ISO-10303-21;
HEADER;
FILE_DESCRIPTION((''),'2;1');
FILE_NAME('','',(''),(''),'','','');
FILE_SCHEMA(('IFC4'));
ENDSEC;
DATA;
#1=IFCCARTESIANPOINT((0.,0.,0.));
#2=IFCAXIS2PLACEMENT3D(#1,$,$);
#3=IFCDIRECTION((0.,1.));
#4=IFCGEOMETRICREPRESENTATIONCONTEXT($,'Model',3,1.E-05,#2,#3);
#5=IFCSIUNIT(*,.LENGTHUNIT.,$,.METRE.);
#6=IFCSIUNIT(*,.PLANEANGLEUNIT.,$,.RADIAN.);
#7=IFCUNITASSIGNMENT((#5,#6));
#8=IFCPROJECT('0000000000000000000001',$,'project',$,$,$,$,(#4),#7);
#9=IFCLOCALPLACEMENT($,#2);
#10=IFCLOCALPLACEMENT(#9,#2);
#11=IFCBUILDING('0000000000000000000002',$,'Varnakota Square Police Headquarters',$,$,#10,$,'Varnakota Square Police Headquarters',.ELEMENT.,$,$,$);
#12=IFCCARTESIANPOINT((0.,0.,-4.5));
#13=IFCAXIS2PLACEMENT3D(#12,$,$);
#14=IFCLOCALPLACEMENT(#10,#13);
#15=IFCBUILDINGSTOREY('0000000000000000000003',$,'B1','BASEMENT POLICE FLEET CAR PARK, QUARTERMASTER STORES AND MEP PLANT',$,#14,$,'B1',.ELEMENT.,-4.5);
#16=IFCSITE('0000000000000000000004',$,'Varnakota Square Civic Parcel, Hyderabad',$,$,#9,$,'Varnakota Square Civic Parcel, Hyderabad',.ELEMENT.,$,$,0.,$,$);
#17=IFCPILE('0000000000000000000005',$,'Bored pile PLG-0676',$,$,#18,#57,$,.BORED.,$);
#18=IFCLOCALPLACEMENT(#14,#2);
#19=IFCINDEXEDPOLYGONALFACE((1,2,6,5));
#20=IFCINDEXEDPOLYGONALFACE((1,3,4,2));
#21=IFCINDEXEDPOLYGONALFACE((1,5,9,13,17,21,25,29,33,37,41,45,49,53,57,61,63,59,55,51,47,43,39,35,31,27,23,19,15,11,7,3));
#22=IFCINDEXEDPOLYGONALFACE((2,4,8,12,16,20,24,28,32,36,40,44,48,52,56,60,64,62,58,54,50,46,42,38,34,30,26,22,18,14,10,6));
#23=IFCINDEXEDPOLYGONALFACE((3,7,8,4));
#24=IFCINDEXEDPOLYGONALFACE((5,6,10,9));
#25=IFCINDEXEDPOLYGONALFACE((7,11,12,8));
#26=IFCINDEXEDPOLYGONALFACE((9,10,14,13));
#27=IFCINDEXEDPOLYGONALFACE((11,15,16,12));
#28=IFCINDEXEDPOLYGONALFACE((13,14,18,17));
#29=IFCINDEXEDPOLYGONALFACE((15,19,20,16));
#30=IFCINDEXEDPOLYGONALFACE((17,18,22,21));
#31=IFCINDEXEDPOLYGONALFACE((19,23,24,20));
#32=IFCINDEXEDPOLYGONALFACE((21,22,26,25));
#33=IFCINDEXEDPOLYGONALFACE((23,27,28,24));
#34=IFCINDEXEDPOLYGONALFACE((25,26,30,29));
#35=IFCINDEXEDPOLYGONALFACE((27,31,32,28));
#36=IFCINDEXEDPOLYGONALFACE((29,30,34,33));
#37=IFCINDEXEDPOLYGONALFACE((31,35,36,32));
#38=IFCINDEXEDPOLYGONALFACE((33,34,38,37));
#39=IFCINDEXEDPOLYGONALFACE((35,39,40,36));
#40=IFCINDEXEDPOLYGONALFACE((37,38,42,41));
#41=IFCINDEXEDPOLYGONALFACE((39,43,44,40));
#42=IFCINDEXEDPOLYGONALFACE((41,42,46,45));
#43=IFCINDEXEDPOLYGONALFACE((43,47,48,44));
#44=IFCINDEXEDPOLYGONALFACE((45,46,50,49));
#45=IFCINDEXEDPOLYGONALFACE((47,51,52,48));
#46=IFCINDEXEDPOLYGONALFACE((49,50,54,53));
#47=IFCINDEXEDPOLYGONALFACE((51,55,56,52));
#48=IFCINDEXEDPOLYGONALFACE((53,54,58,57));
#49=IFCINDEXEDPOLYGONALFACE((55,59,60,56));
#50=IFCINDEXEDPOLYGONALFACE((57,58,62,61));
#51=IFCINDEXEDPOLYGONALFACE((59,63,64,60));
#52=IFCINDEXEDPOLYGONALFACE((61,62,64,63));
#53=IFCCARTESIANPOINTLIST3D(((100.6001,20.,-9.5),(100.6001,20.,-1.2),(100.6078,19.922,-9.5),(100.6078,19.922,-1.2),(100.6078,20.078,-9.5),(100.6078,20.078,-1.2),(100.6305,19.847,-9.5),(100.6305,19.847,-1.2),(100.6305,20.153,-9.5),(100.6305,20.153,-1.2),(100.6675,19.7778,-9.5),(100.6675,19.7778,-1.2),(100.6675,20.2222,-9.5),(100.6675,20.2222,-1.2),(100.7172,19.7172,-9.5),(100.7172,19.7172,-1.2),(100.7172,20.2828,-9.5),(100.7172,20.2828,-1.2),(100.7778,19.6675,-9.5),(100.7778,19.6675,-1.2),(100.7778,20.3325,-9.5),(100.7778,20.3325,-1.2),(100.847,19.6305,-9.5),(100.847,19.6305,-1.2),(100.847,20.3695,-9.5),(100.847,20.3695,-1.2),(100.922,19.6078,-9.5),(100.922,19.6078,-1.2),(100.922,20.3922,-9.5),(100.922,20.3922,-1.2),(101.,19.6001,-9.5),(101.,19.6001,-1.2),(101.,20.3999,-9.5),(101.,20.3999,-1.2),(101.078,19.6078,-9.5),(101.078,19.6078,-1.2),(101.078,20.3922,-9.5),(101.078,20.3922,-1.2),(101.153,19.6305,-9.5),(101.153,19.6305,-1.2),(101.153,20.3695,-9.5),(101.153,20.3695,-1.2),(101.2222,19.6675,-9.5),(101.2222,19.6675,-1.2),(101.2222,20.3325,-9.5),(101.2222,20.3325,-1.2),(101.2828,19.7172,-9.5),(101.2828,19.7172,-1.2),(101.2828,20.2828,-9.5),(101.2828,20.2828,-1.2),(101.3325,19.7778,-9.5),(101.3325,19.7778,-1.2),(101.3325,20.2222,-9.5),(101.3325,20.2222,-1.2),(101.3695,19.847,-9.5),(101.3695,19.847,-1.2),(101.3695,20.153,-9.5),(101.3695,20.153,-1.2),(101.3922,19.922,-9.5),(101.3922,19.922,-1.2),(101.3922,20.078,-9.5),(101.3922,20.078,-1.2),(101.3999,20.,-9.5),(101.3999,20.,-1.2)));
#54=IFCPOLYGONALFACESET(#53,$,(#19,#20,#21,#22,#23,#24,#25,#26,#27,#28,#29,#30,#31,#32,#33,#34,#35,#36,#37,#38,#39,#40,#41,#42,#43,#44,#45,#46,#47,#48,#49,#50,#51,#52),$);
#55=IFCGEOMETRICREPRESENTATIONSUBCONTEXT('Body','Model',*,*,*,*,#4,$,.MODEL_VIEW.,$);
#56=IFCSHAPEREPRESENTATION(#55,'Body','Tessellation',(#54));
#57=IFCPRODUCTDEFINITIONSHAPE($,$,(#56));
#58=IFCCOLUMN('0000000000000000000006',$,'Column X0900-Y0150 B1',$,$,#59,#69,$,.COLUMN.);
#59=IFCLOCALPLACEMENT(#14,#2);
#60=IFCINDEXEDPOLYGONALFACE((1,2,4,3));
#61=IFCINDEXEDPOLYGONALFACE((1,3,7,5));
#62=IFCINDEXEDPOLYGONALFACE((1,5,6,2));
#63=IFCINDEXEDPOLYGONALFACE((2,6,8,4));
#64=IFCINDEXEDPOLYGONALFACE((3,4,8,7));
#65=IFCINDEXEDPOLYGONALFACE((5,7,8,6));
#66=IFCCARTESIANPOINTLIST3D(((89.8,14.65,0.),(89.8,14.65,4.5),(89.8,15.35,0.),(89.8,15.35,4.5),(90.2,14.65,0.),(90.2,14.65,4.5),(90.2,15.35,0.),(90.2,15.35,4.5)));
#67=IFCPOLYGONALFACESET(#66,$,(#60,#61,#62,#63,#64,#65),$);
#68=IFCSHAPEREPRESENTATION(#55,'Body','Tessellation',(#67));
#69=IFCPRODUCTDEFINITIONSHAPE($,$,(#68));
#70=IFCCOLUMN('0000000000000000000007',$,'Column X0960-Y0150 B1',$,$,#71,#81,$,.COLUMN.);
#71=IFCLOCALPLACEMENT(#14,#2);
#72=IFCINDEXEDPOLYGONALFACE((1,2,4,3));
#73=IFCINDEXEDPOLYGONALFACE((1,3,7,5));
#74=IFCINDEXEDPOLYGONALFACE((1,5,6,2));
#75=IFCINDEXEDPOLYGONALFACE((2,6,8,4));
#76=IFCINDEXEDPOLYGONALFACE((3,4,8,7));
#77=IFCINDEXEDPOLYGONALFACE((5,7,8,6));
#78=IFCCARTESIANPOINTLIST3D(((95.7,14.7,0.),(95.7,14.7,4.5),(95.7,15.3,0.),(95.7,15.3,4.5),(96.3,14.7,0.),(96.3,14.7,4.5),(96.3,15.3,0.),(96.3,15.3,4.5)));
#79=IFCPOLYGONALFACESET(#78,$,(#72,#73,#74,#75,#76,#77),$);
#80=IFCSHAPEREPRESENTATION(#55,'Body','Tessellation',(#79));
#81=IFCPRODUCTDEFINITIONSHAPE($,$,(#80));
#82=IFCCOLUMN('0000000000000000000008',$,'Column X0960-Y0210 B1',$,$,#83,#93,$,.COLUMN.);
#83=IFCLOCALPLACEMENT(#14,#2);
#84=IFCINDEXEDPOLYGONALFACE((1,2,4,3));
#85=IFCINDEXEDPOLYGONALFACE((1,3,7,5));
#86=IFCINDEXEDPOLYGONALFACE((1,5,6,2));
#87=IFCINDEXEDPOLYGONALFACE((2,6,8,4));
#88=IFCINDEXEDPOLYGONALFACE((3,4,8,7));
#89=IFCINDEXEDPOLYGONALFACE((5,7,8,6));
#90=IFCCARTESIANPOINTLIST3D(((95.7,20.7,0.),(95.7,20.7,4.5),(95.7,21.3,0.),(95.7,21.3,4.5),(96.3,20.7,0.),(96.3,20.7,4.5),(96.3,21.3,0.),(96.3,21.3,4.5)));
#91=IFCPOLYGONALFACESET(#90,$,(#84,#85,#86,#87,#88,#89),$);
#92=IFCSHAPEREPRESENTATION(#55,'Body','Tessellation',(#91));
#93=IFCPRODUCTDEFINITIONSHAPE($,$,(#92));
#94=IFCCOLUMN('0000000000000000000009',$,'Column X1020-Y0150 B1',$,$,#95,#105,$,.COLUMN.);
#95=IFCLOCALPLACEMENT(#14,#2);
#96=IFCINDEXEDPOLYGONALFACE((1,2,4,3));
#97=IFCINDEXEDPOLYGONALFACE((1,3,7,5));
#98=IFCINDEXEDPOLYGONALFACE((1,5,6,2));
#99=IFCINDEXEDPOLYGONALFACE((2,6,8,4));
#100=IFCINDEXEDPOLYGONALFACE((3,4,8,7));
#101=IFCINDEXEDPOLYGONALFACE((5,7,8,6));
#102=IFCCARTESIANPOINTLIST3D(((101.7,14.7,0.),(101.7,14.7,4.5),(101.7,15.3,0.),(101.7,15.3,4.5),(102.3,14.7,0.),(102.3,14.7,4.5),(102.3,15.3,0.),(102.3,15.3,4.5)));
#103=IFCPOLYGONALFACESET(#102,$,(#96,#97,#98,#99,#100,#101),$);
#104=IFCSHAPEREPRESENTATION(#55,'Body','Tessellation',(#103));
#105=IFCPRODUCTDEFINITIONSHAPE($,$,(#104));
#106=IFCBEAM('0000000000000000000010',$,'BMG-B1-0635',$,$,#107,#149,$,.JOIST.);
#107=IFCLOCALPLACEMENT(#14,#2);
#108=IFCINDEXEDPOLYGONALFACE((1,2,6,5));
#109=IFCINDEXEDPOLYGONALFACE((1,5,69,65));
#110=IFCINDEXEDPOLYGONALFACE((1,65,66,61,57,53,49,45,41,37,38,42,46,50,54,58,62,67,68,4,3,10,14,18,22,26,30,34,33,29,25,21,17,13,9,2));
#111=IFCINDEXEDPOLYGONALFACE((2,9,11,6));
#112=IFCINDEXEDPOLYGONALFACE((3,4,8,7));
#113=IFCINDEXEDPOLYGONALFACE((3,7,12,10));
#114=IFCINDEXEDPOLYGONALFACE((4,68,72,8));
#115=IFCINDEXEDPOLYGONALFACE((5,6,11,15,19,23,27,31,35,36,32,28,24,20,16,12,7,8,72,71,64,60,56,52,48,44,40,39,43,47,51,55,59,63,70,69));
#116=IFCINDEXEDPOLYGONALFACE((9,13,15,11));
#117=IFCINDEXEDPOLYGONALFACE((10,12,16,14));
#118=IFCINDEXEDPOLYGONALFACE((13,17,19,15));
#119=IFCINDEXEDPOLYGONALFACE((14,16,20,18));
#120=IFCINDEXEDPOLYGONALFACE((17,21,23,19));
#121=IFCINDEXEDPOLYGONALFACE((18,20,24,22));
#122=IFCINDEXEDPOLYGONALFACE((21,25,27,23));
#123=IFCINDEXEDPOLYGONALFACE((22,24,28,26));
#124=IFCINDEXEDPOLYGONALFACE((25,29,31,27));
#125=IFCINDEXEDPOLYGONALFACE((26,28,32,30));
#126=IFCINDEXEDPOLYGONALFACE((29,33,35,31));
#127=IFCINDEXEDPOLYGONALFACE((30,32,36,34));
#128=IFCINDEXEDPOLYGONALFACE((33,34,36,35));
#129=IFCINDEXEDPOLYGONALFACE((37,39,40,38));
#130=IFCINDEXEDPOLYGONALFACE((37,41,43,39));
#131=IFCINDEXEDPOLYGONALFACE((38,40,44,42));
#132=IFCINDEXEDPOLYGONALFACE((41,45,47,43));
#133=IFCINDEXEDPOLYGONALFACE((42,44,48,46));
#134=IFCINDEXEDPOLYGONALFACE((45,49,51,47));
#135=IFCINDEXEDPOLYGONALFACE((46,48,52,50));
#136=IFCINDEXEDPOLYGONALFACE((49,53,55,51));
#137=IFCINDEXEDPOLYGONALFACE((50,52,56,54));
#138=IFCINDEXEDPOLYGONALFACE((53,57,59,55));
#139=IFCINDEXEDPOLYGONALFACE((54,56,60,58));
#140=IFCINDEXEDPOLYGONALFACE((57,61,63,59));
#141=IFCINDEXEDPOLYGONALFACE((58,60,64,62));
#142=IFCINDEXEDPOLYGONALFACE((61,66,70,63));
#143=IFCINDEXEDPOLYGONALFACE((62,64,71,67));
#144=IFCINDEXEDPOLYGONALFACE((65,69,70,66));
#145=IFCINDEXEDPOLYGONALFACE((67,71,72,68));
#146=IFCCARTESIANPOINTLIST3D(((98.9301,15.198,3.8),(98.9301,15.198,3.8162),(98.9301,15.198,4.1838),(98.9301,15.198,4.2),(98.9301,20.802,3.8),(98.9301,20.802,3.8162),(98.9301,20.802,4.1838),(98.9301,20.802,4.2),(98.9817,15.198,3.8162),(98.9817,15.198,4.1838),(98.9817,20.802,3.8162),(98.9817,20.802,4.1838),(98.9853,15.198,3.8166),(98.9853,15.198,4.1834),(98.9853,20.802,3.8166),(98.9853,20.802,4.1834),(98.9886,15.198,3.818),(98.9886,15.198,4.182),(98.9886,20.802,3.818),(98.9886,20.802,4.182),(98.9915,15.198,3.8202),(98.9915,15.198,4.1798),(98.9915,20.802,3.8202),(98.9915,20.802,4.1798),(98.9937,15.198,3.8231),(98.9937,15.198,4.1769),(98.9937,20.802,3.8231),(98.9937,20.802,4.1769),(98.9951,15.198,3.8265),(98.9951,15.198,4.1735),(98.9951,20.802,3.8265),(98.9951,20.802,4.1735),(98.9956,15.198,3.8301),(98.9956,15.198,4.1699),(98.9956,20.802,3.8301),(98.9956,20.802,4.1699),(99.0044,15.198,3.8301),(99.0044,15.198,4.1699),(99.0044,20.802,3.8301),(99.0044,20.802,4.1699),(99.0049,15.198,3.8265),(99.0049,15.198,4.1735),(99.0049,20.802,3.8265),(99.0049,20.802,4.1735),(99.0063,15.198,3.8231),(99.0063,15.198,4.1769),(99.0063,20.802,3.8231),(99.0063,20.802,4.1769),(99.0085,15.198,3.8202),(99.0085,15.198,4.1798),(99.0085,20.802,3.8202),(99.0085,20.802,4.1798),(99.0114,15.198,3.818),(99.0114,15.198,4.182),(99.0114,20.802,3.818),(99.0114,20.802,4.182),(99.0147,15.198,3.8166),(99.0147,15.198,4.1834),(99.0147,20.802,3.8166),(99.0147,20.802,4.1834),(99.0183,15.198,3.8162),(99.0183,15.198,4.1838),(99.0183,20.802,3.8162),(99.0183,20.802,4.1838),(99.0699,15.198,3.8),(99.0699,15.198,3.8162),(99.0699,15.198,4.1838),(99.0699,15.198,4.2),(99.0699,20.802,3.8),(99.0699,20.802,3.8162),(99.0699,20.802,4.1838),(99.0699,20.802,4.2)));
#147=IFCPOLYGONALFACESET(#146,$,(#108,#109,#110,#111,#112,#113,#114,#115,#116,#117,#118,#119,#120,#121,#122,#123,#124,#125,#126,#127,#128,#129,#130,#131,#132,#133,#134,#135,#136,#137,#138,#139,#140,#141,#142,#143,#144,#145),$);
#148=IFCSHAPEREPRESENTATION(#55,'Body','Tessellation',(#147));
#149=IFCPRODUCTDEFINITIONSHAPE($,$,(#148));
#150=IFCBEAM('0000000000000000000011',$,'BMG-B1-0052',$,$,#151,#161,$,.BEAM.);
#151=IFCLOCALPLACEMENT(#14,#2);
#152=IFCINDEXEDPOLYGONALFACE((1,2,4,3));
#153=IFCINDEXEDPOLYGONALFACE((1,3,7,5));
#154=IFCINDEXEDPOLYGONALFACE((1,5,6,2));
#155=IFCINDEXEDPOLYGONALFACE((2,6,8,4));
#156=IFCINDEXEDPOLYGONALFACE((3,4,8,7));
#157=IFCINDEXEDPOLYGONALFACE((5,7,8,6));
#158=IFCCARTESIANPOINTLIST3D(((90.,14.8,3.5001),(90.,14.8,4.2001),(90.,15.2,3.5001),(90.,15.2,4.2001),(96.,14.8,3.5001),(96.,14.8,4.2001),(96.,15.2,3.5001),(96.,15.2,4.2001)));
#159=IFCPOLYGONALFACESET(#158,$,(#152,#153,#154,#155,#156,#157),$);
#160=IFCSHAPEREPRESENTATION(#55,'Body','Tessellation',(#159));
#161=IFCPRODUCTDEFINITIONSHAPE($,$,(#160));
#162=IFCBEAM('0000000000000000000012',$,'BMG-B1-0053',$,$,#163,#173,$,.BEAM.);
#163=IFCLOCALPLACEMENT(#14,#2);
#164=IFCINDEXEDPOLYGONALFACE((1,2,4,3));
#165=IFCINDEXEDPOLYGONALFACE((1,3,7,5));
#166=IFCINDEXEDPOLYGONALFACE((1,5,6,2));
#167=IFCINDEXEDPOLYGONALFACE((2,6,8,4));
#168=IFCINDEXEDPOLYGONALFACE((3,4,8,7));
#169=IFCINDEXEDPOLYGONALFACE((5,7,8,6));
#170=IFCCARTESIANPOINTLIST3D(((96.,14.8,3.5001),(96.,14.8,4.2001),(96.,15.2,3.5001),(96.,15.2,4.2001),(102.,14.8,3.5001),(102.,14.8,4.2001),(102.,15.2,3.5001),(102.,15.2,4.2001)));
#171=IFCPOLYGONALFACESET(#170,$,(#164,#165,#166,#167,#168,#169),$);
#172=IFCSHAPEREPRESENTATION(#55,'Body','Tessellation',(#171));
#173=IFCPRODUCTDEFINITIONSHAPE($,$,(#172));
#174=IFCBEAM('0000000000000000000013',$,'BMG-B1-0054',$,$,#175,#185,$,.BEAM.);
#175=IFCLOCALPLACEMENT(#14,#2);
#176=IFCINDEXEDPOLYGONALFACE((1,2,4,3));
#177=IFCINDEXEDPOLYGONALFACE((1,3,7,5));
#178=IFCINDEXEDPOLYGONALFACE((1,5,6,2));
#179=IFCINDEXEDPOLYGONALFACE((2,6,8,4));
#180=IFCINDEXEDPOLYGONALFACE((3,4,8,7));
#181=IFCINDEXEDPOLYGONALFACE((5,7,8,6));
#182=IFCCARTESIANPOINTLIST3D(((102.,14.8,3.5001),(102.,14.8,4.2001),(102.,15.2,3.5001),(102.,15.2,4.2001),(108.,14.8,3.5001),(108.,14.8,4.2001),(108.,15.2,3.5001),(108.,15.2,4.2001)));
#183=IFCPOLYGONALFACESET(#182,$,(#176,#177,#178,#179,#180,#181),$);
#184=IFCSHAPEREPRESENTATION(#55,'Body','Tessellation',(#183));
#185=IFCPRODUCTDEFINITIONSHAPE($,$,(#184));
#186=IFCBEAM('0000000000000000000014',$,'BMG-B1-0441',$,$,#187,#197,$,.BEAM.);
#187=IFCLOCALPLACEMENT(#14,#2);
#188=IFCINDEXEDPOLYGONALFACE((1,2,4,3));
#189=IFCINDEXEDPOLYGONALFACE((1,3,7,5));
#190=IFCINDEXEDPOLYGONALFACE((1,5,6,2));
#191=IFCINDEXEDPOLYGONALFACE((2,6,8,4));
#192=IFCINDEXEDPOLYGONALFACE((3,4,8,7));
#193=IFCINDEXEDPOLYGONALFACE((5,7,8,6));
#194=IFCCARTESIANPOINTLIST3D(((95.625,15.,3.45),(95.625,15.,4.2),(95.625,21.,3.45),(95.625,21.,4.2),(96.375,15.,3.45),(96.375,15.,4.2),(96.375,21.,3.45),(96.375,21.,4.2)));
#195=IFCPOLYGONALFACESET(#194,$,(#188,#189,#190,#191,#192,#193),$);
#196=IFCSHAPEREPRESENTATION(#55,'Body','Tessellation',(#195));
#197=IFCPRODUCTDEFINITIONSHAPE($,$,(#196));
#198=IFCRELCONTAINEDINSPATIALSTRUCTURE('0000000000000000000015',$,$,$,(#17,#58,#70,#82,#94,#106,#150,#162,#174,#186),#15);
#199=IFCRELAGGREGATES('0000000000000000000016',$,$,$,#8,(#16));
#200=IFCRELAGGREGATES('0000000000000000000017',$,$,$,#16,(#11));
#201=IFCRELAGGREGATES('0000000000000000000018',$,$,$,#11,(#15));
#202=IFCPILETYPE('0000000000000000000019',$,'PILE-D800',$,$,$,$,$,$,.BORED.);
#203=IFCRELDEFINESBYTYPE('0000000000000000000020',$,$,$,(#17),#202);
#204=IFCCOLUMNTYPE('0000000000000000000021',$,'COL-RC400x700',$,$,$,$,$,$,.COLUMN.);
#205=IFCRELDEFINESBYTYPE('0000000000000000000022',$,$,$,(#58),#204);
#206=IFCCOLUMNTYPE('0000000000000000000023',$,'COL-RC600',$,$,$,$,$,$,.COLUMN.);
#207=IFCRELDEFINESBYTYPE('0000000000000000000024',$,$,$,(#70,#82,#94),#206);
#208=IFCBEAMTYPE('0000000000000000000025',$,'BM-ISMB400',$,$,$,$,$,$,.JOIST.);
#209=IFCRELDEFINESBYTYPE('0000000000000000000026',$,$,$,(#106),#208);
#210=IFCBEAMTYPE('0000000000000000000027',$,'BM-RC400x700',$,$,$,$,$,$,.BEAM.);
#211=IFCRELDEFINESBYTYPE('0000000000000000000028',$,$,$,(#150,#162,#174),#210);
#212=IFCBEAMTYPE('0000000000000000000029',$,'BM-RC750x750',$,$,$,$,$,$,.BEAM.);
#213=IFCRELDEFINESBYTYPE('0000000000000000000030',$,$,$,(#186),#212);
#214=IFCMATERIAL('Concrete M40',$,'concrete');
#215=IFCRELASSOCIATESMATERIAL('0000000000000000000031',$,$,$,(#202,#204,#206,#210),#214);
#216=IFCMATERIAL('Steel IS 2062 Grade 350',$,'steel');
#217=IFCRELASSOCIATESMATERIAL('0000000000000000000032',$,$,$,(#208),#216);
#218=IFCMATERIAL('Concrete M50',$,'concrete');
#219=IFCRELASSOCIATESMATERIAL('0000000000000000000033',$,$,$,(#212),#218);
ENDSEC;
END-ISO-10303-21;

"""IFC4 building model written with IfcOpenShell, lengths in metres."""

from ifc_helpers import new_model, si_unit, direction, frame, origin, origin_2d, place, context, subcontext, project, spatial, rectangle, circle, i_section, extrude, material, material_profile, profile_set, type_object, element, save


model = new_model("IFC4")

# Units and contexts
model_context = context("Model", 3, precision=1e-05, world=origin(), true_north=direction((0.0, 1.0)))
body_context = subcontext(model_context, "Body", "Model", "MODEL_VIEW")
ifc_project = project(units=[si_unit("LENGTHUNIT", "METRE"), si_unit("PLANEANGLEUNIT", "RADIAN")], contexts=[model_context])

# Site, building, storey
site_placement = place(None, origin())
site = spatial("IfcSite", under=ifc_project, at=site_placement, Name="Varnakota Square Civic Parcel, Hyderabad", LongName="Varnakota Square Civic Parcel, Hyderabad", CompositionType="ELEMENT", RefElevation=0.0)
building_placement = place(site_placement, origin())
building = spatial("IfcBuilding", under=site, at=building_placement, Name="Varnakota Square Police Headquarters", LongName="Varnakota Square Police Headquarters", CompositionType="ELEMENT")
storey_placement = place(building_placement, frame((0.0, 0.0, -4.5)))
storey = spatial("IfcBuildingStorey", under=building, at=storey_placement, Name="B1", Description="BASEMENT POLICE FLEET CAR PARK, QUARTERMASTER STORES AND MEP PLANT", LongName="B1", CompositionType="ELEMENT", Elevation=-4.5)

# Shared definitions
ifc_material_1 = material(Name="Concrete M40", Category="concrete")

# Pile
ifc_material_profile_1 = material_profile(ifc_material_1, circle(Radius=0.3999, at=origin_2d()), Name="BORED PILE 800")
ifc_profile_set_1 = profile_set([ifc_material_profile_1], Name="Concrete M40")
pile_type = type_object("IfcPileType", Name="PILE-D800", PredefinedType="BORED", material=ifc_profile_set_1)
for number, where, z_axis, x_axis, name in (
    (1, (101.0, 20.0, -1.2), (0.0, 0.0, -1.0), (1.0, 0.0, 0.0), "Bored pile PLG-0676"),
):
    element("IfcPile", number, at=place(storey_placement, frame(where, z_axis=z_axis, x_axis=x_axis)), inside=storey, type_object=pile_type, Name=name, PredefinedType="BORED", context=body_context, shape_type="SweptSolid", body=[
        extrude(circle(Radius=0.3999, at=origin_2d()), origin(), (0.0, 0.0, 1.0), 8.3),
    ])

# Columns
ifc_material_profile_2 = material_profile(ifc_material_1, rectangle(XDim=0.3999, YDim=0.7, at=origin_2d()), Name="RC 400x700")
ifc_profile_set_2 = profile_set([ifc_material_profile_2], Name="Concrete M40")
column_type_1 = type_object("IfcColumnType", Name="COL-RC400x700", PredefinedType="COLUMN", material=ifc_profile_set_2)
column_placement = place(storey_placement, frame((90.0, 15.0, 0.0), z_axis=(0.0, 0.0, 1.0), x_axis=(1.0, 0.0, 0.0)))
element("IfcColumn", 2, at=column_placement, inside=storey, type_object=column_type_1, Name="Column X0900-Y0150 B1", PredefinedType="COLUMN", context=body_context, shape_type="SweptSolid", body=[
    extrude(rectangle(XDim=0.3999, YDim=0.7, at=origin_2d()), origin(), (0.0, 0.0, 1.0), 4.5),
])
ifc_material_profile_3 = material_profile(ifc_material_1, rectangle(XDim=0.6001, YDim=0.6001, at=origin_2d()), Name="RC 600x600")
ifc_profile_set_3 = profile_set([ifc_material_profile_3], Name="Concrete M40")
column_type_2 = type_object("IfcColumnType", Name="COL-RC600", PredefinedType="COLUMN", material=ifc_profile_set_3)
for number, where, z_axis, x_axis, name in (
    (3, (96.0, 15.0, 0.0), (0.0, 0.0, 1.0), (1.0, 0.0, 0.0), "Column X0960-Y0150 B1"),
    (4, (96.0, 21.0, 0.0), (0.0, 0.0, 1.0), (1.0, 0.0, 0.0), "Column X0960-Y0210 B1"),
    (5, (102.0, 15.0, 0.0), (0.0, 0.0, 1.0), (1.0, 0.0, 0.0), "Column X1020-Y0150 B1"),
):
    element("IfcColumn", number, at=place(storey_placement, frame(where, z_axis=z_axis, x_axis=x_axis)), inside=storey, type_object=column_type_2, Name=name, PredefinedType="COLUMN", context=body_context, shape_type="SweptSolid", body=[
        extrude(rectangle(XDim=0.6001, YDim=0.6001, at=origin_2d()), origin(), (0.0, 0.0, 1.0), 4.5),
    ])

# Beams
ifc_material_2 = material(Name="Steel IS 2062 Grade 350", Category="steel")
ifc_material_profile_4 = material_profile(ifc_material_2, i_section(OverallWidth=0.1399, OverallDepth=0.3999, WebThickness=0.0088, FlangeThickness=0.0161, FilletRadius=0.0139, at=origin_2d()), Name="ISMB 400")
ifc_profile_set_4 = profile_set([ifc_material_profile_4], Name="Steel IS 2062 Grade 350")
beam_type_1 = type_object("IfcBeamType", Name="BM-ISMB400", PredefinedType="JOIST", material=ifc_profile_set_4)
beam_placement = place(storey_placement, frame((99.0, 15.198, 4.0), z_axis=(0.0, 1.0, 0.0), x_axis=(-1.0, 0.0, 0.0)))
element("IfcBeam", 6, at=beam_placement, inside=storey, type_object=beam_type_1, Name="BMG-B1-0635", PredefinedType="JOIST", context=body_context, shape_type="SweptSolid", body=[
    extrude(i_section(OverallWidth=0.1399, OverallDepth=0.3999, WebThickness=0.0088, FlangeThickness=0.0161, FilletRadius=0.0139, at=origin_2d()), origin(), (0.0, 0.0, 1.0), 5.604),
])
ifc_material_profile_5 = material_profile(ifc_material_1, rectangle(XDim=0.3999, YDim=0.7, at=origin_2d()), Name="RC 400x700")
ifc_profile_set_5 = profile_set([ifc_material_profile_5], Name="Concrete M40")
beam_type_2 = type_object("IfcBeamType", Name="BM-RC400x700", PredefinedType="BEAM", material=ifc_profile_set_5)
for number, where, z_axis, x_axis, name in (
    (7, (90.0, 15.0, 3.8501), (1.0, 0.0, 0.0), (0.0, 1.0, 0.0), "BMG-B1-0052"),
    (8, (96.0, 15.0, 3.8501), (1.0, 0.0, 0.0), (0.0, 1.0, 0.0), "BMG-B1-0053"),
    (9, (102.0, 15.0, 3.8501), (1.0, 0.0, 0.0), (0.0, 1.0, 0.0), "BMG-B1-0054"),
):
    element("IfcBeam", number, at=place(storey_placement, frame(where, z_axis=z_axis, x_axis=x_axis)), inside=storey, type_object=beam_type_2, Name=name, PredefinedType="BEAM", context=body_context, shape_type="SweptSolid", body=[
        extrude(rectangle(XDim=0.3999, YDim=0.7, at=origin_2d()), origin(), (0.0, 0.0, 1.0), 6.0),
    ])
ifc_material_3 = material(Name="Concrete M50", Category="concrete")
ifc_material_profile_6 = material_profile(ifc_material_3, rectangle(XDim=0.75, YDim=0.75, at=origin_2d()), Name="RC 750x750")
ifc_profile_set_6 = profile_set([ifc_material_profile_6], Name="Concrete M50")
beam_type_3 = type_object("IfcBeamType", Name="BM-RC750x750", PredefinedType="BEAM", material=ifc_profile_set_6)
for number, where, z_axis, x_axis, name in (
    (10, (96.0, 15.0, 3.825), (0.0, 1.0, 0.0), (-1.0, 0.0, 0.0), "BMG-B1-0441"),
):
    element("IfcBeam", number, at=place(storey_placement, frame(where, z_axis=z_axis, x_axis=x_axis)), inside=storey, type_object=beam_type_3, Name=name, PredefinedType="BEAM", context=body_context, shape_type="SweptSolid", body=[
        extrude(rectangle(XDim=0.75, YDim=0.75, at=origin_2d()), origin(), (0.0, 0.0, 1.0), 6.0),
    ])

save(model, "model.ifc")
